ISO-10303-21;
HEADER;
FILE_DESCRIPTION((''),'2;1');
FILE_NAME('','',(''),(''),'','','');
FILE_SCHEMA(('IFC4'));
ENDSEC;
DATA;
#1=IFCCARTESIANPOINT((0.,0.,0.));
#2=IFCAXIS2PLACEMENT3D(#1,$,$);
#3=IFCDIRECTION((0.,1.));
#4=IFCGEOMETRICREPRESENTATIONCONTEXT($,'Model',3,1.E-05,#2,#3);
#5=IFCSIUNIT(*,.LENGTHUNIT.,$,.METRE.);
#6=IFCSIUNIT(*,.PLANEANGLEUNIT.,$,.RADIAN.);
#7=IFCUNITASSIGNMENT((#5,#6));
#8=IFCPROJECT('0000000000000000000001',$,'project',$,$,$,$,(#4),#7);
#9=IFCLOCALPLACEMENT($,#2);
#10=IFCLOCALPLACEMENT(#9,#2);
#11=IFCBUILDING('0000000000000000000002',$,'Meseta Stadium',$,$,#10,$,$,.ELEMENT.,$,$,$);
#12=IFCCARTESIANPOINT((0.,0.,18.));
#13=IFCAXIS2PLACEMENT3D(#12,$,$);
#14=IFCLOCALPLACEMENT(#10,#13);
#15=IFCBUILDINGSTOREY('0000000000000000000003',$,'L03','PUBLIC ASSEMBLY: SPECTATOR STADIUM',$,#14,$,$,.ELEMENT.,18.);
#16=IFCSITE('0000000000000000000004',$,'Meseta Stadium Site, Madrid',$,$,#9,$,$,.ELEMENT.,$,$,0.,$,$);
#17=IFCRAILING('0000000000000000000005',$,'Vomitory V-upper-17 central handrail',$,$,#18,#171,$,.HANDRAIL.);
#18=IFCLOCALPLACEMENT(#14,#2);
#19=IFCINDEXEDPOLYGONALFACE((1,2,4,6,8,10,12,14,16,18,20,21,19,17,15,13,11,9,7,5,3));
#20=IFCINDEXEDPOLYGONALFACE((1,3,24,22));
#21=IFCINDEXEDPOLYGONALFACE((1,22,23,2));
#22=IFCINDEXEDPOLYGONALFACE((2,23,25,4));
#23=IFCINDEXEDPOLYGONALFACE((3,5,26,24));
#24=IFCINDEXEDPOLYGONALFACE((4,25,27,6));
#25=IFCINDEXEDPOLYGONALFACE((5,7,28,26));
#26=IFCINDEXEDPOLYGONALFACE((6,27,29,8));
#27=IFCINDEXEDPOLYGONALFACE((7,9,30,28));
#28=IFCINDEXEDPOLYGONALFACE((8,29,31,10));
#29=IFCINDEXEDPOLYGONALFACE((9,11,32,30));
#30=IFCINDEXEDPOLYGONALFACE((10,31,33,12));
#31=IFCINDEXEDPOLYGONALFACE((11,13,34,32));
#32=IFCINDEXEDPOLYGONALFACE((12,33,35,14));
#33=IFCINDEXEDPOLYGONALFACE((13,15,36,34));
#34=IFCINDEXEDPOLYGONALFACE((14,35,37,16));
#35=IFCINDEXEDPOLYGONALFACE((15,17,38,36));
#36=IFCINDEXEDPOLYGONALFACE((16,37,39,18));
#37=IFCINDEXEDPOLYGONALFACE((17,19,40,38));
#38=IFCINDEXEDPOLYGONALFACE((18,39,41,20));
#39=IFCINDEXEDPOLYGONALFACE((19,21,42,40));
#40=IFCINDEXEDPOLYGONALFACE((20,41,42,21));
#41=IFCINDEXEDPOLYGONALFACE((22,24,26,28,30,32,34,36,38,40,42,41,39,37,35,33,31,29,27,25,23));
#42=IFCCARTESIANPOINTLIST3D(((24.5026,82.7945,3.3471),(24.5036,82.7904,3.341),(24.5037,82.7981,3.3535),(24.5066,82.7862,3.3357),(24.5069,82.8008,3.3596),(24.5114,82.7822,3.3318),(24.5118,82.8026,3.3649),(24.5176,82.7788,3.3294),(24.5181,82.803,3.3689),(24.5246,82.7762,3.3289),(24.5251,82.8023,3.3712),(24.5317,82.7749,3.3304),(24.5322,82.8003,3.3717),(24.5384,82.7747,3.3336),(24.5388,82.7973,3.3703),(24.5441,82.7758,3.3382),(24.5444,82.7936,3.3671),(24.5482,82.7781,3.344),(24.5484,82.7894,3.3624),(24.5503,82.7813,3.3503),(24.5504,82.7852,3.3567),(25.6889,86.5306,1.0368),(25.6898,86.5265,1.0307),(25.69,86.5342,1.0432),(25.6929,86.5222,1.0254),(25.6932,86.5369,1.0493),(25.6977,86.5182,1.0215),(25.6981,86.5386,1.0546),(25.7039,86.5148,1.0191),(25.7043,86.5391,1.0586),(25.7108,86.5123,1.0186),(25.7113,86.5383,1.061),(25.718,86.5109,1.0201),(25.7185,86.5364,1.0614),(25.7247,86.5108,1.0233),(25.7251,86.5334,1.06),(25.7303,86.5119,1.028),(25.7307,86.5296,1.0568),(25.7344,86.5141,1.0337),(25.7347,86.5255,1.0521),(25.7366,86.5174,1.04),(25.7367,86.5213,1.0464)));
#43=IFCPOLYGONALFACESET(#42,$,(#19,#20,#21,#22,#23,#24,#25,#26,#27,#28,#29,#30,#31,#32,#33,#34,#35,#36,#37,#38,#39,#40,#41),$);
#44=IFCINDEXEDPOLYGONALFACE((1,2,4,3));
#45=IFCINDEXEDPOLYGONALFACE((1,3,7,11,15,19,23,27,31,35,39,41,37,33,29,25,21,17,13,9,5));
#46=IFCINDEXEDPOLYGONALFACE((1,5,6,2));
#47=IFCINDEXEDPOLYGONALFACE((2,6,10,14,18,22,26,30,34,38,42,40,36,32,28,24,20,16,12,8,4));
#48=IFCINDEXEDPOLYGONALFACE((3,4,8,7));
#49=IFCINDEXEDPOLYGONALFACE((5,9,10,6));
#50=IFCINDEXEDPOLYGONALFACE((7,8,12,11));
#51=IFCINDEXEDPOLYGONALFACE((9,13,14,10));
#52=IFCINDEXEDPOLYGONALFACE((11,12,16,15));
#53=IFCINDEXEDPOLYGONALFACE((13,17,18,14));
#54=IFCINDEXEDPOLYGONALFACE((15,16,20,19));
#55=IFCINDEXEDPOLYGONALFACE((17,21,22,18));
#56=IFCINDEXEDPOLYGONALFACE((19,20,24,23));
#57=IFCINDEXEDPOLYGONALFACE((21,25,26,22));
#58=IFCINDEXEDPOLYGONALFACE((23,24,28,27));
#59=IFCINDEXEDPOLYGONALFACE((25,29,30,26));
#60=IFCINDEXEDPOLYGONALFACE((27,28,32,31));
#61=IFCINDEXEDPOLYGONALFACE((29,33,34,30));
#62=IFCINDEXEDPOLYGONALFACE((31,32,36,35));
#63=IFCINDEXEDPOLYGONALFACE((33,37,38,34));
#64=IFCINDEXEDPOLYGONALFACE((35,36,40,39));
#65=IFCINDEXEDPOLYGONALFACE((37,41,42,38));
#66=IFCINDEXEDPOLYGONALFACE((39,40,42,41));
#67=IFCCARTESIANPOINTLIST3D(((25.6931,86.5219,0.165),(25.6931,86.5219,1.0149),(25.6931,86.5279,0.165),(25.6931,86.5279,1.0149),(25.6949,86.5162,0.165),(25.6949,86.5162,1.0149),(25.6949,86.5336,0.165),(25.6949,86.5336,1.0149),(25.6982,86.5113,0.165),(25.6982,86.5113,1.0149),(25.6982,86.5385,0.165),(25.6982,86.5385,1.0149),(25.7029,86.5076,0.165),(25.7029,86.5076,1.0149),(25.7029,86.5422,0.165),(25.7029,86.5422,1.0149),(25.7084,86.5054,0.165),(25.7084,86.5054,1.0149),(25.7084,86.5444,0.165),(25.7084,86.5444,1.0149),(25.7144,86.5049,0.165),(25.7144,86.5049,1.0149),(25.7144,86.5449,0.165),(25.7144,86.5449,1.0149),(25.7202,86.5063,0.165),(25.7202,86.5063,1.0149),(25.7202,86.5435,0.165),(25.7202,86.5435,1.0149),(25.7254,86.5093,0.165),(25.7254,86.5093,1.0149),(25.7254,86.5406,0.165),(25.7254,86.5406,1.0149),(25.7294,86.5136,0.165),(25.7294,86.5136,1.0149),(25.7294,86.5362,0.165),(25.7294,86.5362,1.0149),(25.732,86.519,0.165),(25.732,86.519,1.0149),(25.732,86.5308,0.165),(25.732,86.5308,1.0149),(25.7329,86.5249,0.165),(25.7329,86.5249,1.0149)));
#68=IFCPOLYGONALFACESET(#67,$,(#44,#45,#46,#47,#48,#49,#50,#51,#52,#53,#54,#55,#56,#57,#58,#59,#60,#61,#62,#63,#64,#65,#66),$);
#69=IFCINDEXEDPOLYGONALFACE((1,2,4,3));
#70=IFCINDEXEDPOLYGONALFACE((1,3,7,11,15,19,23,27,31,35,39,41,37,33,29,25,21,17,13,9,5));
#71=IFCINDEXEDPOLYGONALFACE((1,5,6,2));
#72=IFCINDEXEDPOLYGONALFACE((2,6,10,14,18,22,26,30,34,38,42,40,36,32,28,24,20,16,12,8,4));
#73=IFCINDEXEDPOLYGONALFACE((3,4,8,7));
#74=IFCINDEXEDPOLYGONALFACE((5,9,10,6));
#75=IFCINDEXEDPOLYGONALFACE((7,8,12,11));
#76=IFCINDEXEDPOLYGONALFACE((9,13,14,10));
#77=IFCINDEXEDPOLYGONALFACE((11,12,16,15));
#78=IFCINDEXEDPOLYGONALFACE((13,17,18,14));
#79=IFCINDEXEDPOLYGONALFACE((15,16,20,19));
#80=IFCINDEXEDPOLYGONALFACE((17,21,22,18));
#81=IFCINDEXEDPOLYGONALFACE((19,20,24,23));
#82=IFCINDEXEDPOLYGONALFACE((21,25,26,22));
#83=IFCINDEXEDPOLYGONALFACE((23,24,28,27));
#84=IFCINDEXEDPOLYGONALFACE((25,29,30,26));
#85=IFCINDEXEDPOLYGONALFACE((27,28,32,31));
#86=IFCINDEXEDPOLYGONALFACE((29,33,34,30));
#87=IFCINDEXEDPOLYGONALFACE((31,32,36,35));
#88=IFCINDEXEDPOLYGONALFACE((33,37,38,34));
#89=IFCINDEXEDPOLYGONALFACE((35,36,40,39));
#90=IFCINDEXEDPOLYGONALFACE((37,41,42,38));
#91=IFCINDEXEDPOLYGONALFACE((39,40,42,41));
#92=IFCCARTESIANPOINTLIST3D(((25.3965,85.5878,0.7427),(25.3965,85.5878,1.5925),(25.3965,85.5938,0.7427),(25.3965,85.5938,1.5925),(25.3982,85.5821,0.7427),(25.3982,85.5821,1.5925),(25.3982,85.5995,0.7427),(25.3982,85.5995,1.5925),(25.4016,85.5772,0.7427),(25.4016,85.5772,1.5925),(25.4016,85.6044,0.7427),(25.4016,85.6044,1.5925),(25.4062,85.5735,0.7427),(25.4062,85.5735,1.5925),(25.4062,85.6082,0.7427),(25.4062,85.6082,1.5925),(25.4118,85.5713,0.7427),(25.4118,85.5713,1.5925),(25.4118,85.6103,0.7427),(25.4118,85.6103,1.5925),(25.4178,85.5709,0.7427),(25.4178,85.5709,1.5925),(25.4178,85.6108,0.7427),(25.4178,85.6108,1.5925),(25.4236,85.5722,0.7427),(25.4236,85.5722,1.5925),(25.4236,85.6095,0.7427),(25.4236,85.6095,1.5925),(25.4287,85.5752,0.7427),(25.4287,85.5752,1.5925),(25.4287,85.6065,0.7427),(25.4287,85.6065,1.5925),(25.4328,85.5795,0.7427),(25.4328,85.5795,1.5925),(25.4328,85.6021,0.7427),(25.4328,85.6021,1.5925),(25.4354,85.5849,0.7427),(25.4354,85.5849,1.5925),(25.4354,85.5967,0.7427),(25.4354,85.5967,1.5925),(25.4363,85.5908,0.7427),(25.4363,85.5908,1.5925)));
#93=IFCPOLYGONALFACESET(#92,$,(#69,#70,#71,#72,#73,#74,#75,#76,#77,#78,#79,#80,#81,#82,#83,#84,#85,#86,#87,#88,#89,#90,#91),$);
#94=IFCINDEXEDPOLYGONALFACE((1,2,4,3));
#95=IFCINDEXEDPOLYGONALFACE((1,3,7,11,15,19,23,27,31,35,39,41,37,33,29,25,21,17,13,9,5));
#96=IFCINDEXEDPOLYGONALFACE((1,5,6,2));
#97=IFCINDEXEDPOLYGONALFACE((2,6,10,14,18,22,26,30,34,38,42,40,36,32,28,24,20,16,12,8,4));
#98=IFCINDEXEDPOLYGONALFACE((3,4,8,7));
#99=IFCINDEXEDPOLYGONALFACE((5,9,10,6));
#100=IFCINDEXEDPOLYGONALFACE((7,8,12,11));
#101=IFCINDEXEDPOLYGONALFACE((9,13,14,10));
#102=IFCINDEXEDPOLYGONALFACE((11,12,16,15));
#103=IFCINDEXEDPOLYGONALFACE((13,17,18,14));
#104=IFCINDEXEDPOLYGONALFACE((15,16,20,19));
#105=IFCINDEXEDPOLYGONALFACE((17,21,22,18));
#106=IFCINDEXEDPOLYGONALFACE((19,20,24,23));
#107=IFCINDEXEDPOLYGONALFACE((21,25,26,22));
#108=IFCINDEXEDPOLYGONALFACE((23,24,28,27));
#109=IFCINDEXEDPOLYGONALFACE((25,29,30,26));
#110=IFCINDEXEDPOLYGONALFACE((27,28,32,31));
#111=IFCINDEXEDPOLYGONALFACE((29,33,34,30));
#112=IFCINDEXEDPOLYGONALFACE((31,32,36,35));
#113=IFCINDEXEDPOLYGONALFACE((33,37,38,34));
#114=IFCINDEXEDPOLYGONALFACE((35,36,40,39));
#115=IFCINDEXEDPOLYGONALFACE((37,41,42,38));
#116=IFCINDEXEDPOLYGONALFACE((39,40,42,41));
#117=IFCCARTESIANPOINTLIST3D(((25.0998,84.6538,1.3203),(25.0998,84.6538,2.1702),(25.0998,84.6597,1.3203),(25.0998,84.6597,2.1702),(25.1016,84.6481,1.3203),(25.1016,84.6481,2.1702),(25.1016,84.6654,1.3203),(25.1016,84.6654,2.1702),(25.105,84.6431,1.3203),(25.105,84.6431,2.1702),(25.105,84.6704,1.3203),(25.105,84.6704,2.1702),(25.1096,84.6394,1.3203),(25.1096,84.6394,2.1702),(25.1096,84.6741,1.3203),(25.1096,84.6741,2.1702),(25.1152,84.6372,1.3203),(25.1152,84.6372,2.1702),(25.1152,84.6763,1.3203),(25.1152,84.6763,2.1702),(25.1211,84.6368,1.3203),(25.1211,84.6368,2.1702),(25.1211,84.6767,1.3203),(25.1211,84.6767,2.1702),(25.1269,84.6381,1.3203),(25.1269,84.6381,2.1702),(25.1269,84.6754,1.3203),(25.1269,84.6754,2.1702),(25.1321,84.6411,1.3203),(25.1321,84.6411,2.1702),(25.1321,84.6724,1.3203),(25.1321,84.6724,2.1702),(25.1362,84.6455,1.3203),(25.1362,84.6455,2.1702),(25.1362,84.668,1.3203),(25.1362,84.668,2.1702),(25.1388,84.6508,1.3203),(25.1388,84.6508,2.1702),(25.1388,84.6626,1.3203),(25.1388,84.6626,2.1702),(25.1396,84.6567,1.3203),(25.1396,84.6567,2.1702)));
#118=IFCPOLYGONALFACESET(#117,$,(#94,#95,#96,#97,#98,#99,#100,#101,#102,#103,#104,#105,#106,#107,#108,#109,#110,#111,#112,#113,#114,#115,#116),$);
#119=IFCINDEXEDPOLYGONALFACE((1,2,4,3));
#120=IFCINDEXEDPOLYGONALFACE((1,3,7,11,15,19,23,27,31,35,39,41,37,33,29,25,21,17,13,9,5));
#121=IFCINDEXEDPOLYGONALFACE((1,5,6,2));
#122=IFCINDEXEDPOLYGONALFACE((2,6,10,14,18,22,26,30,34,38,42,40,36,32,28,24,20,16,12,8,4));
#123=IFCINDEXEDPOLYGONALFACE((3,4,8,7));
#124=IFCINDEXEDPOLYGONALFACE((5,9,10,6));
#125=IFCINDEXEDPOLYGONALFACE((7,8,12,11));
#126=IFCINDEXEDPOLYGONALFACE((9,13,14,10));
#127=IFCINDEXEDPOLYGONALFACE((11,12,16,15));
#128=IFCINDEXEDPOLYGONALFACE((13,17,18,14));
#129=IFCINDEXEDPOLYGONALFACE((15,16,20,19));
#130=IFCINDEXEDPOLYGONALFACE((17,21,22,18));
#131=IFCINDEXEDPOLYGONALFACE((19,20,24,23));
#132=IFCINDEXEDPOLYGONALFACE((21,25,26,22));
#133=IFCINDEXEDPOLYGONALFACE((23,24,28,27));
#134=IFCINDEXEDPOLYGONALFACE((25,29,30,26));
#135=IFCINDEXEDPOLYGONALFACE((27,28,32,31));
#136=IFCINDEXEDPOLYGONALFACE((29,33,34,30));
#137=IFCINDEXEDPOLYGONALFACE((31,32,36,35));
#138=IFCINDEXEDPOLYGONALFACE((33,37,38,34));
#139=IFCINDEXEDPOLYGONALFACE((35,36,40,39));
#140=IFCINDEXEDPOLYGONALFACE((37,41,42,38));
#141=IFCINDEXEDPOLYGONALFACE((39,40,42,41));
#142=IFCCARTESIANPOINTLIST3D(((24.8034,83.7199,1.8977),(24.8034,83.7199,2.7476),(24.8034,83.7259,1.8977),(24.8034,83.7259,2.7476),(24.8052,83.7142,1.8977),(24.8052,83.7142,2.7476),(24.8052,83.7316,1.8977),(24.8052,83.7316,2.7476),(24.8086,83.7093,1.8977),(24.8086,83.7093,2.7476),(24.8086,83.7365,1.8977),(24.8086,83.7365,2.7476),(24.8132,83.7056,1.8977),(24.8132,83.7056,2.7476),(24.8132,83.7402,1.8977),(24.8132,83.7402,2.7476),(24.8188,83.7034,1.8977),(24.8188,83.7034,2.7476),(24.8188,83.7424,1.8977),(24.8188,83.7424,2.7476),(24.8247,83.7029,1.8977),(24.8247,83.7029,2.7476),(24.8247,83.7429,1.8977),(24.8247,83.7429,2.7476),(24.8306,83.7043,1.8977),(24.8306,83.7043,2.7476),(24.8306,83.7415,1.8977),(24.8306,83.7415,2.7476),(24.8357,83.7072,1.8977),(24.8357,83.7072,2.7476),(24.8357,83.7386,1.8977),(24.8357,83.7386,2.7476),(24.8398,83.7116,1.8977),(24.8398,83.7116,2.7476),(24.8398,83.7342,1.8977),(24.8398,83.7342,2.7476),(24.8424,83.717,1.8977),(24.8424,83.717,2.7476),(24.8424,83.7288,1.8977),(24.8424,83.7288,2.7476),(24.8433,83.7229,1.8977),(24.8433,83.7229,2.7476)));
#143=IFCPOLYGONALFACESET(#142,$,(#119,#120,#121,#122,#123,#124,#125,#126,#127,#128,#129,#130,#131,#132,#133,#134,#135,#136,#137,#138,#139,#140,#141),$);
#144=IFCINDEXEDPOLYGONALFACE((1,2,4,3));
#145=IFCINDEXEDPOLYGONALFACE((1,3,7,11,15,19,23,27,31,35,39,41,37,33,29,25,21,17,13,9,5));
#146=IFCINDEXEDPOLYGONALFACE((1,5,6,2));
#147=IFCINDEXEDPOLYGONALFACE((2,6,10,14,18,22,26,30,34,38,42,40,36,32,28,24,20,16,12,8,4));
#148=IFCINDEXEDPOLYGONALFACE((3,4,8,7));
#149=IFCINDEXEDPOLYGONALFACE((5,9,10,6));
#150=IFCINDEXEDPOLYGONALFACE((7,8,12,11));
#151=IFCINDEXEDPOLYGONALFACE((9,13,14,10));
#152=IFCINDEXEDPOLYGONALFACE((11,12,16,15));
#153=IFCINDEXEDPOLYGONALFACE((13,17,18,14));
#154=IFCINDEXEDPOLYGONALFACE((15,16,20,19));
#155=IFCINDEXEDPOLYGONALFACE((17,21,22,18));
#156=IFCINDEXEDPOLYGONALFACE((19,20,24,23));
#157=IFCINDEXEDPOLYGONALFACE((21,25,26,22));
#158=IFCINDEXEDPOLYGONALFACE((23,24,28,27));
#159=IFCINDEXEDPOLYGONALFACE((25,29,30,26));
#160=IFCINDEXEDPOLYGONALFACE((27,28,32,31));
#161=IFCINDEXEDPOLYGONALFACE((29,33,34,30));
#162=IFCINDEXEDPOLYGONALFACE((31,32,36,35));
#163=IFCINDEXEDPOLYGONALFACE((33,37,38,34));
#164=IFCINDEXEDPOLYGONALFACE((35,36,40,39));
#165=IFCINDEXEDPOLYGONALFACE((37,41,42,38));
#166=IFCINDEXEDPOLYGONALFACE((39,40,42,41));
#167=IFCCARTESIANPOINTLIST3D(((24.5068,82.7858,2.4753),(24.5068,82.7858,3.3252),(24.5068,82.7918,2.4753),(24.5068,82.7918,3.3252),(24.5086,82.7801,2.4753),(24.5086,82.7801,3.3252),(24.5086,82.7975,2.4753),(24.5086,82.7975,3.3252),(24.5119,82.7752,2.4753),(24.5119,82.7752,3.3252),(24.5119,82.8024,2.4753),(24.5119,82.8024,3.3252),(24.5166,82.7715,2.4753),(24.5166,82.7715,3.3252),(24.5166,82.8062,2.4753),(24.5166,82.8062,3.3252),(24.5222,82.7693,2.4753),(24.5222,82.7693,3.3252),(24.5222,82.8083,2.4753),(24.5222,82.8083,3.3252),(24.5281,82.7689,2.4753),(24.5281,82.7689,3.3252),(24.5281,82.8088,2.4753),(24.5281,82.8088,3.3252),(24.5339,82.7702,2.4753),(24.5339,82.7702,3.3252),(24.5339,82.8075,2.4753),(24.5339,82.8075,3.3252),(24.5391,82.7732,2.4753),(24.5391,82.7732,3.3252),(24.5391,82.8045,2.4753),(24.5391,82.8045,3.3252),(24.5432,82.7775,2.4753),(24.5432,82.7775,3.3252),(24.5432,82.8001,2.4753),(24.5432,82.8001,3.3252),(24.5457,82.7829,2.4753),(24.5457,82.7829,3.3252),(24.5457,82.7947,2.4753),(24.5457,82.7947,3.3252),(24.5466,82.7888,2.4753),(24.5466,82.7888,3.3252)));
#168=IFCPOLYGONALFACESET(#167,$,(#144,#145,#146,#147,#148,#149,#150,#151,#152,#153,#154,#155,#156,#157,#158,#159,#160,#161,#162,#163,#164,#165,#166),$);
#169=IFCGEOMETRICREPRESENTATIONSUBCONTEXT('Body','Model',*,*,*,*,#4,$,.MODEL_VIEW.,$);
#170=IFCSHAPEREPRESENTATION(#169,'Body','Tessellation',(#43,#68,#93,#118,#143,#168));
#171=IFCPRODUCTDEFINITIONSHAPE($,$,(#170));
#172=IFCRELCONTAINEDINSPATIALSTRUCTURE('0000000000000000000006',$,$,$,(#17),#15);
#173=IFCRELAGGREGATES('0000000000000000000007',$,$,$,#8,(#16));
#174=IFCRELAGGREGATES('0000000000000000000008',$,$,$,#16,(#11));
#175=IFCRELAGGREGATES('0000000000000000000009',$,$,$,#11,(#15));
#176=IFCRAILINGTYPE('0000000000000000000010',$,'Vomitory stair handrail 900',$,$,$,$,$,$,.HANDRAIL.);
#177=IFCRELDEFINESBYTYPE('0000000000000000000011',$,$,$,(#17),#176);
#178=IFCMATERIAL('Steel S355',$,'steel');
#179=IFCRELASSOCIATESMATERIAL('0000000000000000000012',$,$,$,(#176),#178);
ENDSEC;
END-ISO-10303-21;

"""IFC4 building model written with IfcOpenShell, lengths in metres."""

from ifc_helpers import new_model, si_unit, direction, frame, origin, origin_2d, place, context, subcontext, project, spatial, circle, extrude, material, type_object, element, save


model = new_model("IFC4")

# Units and contexts
model_context = context("Model", 3, precision=1e-05, world=origin(), true_north=direction((0.0, 1.0)))
body_context = subcontext(model_context, "Body", "Model", "MODEL_VIEW")
ifc_project = project(units=[si_unit("LENGTHUNIT", "METRE"), si_unit("PLANEANGLEUNIT", "RADIAN")], contexts=[model_context])

# Site, building, storey
site_placement = place(None, origin())
site = spatial("IfcSite", under=ifc_project, at=site_placement, Name="Meseta Stadium Site, Madrid", CompositionType="ELEMENT", RefElevation=0.0)
building_placement = place(site_placement, origin())
building = spatial("IfcBuilding", under=site, at=building_placement, Name="Meseta Stadium", CompositionType="ELEMENT")
storey_placement = place(building_placement, frame((0.0, 0.0, 18.0)))
storey = spatial("IfcBuildingStorey", under=building, at=storey_placement, Name="L03", Description="PUBLIC ASSEMBLY: SPECTATOR STADIUM", CompositionType="ELEMENT", Elevation=18.0)

# Railing
ifc_material_1 = material(Name="Steel S355", Category="steel")
railing_type_1 = type_object("IfcRailingType", Name="Vomitory stair handrail 900", PredefinedType="HANDRAIL", material=ifc_material_1)
railing_1_placement = place(storey_placement, frame((25.7129, 86.5249, 0.165)))
element("IfcRailing", 1, at=railing_1_placement, inside=storey, type_object=railing_type_1, Name="Vomitory V-upper-17 central handrail", PredefinedType="HANDRAIL", context=body_context, shape_type="SweptSolid", body=[
    extrude(circle(Radius=0.0249, at=origin_2d()), frame((0.0, 0.0, 0.875), z_axis=(-0.260717, -0.821106, 0.507752), x_axis=(0.953108, -0.30263, 0.0)), (0.0, 0.0, 1.0), 4.55),
    extrude(circle(Radius=0.02, at=origin_2d()), origin(), (0.0, 0.0, 1.0), 0.8499),
    extrude(circle(Radius=0.02, at=origin_2d()), frame((-0.2966, -0.9341, 0.5776)), (0.0, 0.0, 1.0), 0.8499),
    extrude(circle(Radius=0.02, at=origin_2d()), frame((-0.5933, -1.8682, 1.1553)), (0.0, 0.0, 1.0), 0.8499),
    extrude(circle(Radius=0.02, at=origin_2d()), frame((-0.8896, -2.802, 1.7327)), (0.0, 0.0, 1.0), 0.8499),
    extrude(circle(Radius=0.02, at=origin_2d()), frame((-1.1863, -3.7361, 2.3103)), (0.0, 0.0, 1.0), 0.8499),
])

save(model, "model.ifc")
